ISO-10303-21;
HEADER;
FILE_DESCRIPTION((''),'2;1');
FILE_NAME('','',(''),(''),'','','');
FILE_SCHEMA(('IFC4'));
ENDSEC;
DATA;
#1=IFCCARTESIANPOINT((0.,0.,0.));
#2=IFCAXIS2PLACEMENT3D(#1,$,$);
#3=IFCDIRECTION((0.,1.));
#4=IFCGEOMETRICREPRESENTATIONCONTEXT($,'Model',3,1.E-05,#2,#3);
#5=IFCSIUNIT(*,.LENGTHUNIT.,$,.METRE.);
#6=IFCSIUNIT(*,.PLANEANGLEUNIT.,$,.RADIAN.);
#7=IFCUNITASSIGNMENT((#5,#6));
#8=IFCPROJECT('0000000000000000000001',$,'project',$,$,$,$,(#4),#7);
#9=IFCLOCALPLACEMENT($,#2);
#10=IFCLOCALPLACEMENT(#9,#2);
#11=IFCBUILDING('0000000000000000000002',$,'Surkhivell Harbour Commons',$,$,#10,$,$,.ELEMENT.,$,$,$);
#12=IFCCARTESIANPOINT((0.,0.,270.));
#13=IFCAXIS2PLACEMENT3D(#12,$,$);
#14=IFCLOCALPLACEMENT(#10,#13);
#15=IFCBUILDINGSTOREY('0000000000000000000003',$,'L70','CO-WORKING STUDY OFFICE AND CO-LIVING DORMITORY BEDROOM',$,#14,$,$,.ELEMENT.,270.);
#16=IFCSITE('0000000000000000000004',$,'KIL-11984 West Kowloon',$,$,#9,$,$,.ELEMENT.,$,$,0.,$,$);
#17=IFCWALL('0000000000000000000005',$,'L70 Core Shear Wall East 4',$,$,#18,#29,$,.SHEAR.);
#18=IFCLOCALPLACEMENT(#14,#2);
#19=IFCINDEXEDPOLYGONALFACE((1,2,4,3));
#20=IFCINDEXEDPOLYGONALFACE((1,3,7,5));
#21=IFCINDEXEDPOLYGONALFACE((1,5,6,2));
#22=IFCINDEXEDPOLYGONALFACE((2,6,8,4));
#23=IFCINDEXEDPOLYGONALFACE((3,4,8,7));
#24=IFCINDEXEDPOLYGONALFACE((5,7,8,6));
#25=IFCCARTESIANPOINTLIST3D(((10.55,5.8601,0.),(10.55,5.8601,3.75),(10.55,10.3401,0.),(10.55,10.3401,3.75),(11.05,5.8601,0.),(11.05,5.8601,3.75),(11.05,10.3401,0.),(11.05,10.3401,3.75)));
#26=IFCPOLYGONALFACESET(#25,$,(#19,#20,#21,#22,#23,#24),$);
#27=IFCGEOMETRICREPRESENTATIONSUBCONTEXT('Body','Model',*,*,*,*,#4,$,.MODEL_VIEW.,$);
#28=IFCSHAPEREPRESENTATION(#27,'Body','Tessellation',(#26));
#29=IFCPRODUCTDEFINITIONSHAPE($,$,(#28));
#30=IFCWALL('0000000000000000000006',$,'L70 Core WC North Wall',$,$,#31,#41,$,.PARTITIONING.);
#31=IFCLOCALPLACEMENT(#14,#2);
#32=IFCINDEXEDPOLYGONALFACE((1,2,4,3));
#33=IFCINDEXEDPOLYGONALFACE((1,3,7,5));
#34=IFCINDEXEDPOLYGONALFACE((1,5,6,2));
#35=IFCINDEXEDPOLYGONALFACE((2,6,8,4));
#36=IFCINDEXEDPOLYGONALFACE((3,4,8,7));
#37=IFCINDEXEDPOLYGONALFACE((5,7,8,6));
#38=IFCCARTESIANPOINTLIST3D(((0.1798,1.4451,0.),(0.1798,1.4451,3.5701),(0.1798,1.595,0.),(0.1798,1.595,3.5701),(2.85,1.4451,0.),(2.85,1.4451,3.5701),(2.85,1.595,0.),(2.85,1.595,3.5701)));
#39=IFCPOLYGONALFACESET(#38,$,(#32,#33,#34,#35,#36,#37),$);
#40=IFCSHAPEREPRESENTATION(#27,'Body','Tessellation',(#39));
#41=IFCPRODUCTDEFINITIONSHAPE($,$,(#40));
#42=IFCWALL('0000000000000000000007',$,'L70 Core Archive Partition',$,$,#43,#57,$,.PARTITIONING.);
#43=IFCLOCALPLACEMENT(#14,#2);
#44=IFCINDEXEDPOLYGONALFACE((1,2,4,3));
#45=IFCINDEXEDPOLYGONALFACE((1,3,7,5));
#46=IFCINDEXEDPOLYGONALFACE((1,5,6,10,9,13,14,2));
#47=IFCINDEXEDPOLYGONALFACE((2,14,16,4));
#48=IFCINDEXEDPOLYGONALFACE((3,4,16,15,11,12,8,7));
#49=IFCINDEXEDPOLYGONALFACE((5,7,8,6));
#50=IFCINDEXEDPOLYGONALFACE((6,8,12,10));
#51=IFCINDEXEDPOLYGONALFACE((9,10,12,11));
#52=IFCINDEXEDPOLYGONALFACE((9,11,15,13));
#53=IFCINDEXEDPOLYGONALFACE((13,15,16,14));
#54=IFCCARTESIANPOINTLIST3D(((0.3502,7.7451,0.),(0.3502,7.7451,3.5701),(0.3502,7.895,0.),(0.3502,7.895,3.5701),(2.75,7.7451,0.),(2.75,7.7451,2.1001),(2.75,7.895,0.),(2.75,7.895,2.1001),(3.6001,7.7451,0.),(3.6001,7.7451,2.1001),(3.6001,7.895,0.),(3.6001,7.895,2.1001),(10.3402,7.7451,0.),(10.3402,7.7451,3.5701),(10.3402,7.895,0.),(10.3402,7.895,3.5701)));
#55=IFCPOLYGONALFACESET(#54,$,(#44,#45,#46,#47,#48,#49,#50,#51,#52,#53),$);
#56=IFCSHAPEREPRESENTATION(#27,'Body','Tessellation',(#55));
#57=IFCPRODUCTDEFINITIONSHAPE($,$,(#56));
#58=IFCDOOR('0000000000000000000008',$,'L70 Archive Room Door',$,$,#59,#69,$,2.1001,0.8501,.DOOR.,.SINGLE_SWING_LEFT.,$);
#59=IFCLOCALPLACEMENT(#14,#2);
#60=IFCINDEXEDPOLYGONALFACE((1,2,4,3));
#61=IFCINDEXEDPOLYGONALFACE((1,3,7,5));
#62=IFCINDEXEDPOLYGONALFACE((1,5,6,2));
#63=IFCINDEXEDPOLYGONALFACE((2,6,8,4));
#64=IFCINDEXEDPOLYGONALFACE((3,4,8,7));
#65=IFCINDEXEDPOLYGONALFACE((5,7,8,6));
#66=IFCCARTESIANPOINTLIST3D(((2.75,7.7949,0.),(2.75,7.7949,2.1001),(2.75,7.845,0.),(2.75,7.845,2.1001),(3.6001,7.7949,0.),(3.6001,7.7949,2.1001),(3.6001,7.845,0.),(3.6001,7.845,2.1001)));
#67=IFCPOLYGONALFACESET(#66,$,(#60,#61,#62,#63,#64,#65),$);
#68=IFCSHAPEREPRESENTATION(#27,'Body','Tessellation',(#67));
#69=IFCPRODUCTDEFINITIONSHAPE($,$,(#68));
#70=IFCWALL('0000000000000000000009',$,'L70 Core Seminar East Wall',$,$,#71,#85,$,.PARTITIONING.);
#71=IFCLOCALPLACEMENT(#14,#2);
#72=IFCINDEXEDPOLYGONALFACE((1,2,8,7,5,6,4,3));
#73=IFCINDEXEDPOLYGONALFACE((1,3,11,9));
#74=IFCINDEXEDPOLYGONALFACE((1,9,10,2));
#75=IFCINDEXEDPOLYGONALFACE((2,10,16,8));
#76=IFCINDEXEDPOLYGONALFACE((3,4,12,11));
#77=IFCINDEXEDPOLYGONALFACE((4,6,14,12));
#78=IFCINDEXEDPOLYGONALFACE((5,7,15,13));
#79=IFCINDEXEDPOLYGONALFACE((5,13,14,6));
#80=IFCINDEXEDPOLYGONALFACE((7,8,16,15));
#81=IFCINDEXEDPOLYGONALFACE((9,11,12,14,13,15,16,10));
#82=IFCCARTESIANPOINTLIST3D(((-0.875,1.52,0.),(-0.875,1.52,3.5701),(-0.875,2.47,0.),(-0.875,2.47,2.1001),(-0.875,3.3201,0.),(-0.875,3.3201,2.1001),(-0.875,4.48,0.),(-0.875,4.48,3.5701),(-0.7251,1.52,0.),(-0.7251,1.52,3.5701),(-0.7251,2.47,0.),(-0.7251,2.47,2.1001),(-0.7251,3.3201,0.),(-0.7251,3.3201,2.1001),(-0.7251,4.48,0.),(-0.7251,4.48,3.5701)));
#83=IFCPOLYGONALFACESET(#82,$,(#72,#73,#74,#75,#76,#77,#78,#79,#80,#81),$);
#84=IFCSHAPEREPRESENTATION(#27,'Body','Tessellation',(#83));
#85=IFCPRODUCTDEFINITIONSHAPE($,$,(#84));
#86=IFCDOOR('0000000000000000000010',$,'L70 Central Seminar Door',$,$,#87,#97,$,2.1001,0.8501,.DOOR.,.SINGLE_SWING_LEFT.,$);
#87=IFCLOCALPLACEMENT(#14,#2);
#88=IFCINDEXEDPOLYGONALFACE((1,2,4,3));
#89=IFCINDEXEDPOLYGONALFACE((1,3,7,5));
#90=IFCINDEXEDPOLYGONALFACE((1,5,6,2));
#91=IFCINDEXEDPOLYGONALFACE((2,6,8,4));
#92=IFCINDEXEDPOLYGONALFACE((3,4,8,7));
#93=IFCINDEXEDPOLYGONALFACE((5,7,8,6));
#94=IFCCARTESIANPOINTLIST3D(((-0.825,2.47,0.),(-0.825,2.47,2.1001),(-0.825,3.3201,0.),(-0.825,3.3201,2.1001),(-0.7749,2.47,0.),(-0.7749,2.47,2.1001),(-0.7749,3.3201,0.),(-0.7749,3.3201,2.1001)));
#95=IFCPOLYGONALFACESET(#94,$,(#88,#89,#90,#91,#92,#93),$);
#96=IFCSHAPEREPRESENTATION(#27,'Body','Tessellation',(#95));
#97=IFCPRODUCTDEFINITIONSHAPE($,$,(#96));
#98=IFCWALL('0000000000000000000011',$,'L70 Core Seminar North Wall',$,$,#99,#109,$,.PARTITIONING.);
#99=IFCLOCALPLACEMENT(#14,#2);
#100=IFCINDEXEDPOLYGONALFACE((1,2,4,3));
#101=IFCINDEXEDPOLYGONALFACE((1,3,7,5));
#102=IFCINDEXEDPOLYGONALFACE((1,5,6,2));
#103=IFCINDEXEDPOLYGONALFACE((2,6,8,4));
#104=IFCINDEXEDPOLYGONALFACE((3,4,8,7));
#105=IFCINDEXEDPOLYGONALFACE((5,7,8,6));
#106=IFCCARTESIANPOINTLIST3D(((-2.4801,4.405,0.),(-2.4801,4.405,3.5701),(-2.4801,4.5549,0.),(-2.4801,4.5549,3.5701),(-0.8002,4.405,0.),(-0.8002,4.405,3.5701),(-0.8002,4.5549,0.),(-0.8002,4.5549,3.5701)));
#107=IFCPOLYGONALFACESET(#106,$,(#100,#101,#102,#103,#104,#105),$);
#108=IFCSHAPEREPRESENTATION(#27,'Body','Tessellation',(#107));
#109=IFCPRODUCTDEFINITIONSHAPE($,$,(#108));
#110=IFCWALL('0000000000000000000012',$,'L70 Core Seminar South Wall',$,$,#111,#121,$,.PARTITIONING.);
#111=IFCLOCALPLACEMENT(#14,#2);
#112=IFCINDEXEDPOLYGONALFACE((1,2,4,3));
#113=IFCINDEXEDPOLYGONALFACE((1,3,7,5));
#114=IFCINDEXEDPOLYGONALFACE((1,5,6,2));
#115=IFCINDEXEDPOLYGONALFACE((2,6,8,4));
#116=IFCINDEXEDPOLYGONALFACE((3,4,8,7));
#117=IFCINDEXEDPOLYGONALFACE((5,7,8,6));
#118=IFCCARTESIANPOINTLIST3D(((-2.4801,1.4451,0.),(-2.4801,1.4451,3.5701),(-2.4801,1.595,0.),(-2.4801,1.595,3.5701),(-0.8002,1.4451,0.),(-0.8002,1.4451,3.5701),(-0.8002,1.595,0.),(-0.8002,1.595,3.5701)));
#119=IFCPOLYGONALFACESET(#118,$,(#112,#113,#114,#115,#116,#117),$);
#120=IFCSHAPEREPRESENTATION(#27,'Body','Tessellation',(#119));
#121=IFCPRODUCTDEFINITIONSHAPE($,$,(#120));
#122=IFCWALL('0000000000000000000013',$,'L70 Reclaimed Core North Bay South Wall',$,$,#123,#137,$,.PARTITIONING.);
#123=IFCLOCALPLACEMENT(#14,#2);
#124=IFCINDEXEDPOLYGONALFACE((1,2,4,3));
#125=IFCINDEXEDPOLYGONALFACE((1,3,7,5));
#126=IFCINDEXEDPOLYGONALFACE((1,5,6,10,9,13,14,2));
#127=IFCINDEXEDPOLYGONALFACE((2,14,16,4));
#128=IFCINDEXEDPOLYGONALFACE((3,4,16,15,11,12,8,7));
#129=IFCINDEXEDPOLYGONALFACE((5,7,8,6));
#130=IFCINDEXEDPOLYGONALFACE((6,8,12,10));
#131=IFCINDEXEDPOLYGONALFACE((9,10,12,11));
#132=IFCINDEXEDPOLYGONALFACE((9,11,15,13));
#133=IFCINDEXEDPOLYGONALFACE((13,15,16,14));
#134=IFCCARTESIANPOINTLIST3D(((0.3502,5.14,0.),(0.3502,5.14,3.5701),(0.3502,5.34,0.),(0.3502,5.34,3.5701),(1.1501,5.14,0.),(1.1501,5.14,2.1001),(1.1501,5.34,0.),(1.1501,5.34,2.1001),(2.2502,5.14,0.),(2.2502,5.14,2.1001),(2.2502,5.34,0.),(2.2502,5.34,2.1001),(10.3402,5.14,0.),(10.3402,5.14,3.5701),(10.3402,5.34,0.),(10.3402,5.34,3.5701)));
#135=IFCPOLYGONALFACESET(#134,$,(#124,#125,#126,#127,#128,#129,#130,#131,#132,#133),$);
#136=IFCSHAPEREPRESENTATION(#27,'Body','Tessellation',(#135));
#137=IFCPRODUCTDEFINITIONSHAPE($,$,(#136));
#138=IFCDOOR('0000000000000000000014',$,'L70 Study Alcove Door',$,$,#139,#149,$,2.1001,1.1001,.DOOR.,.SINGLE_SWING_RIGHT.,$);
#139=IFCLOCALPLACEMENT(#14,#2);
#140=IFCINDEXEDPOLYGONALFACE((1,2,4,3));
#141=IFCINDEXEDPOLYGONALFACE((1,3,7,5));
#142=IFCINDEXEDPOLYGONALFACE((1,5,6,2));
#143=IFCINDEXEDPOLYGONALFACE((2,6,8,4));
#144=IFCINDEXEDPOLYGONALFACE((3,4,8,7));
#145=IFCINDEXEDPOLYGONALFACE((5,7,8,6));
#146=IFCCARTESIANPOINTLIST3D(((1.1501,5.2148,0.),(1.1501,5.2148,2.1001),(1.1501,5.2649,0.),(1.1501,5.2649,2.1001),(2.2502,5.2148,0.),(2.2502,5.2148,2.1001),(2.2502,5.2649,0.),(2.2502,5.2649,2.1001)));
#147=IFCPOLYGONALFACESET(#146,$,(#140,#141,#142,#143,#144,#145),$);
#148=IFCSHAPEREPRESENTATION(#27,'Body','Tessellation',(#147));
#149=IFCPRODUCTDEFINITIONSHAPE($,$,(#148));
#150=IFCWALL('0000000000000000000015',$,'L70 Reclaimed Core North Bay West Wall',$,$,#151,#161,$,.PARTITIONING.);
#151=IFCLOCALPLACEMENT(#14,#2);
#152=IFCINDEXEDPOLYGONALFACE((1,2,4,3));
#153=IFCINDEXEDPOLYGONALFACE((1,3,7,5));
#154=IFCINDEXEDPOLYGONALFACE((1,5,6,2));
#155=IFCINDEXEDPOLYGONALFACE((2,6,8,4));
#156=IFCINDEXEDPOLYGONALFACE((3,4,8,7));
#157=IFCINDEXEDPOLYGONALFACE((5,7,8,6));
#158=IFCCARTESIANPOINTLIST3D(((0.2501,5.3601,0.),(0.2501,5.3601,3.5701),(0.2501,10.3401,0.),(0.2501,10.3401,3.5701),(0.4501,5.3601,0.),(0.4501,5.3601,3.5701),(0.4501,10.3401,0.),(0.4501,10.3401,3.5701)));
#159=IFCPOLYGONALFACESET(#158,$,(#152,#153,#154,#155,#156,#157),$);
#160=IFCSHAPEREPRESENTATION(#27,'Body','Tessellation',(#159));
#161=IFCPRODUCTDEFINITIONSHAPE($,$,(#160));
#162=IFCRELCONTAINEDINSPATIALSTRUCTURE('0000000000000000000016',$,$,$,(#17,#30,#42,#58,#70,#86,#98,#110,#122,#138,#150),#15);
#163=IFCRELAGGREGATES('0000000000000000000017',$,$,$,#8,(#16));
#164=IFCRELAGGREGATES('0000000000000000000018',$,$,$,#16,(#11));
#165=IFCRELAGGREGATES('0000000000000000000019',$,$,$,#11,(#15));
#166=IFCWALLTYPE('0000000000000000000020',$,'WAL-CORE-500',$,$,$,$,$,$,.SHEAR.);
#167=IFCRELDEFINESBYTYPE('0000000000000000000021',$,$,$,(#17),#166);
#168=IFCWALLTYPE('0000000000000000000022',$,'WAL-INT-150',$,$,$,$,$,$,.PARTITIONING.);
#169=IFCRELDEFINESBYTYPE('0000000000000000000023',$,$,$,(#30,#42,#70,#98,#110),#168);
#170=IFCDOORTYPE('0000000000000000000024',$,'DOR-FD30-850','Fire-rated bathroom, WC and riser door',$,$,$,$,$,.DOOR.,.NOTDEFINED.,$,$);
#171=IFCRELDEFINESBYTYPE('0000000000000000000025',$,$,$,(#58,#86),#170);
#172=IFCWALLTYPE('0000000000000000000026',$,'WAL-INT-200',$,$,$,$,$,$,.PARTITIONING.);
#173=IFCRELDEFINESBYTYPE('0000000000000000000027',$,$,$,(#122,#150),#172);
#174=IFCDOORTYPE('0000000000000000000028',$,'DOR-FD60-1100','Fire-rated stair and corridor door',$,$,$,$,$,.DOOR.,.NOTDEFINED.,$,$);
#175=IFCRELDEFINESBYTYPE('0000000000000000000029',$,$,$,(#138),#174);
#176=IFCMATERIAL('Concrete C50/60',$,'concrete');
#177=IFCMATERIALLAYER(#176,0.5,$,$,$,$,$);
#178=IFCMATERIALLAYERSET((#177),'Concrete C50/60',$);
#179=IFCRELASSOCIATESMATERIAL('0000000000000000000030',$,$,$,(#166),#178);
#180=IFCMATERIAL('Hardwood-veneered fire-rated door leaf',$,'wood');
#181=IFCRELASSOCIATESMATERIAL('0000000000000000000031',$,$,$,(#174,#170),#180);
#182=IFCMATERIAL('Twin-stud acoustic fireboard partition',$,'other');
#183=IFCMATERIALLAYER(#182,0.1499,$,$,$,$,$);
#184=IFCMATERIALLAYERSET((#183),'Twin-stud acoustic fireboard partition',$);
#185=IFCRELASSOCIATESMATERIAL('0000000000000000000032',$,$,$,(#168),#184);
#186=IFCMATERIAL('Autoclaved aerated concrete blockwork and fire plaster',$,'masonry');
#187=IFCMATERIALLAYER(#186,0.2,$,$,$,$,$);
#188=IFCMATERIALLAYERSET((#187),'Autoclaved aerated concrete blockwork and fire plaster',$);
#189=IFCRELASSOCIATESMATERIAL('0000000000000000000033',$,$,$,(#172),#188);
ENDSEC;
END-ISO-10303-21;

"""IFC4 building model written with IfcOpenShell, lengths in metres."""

from ifc_helpers import new_model, si_unit, direction, frame, frame_2d, origin, place, context, subcontext, project, spatial, rectangle, extrude, material, layer, layer_set, type_object, element, fill, save


model = new_model("IFC4")

# Units and contexts
model_context = context("Model", 3, precision=1e-05, world=origin(), true_north=direction((0.0, 1.0)))
body_context = subcontext(model_context, "Body", "Model", "MODEL_VIEW")
ifc_project = project(units=[si_unit("LENGTHUNIT", "METRE"), si_unit("PLANEANGLEUNIT", "RADIAN")], contexts=[model_context])

# Site, building, storey
site_placement = place(None, origin())
site = spatial("IfcSite", under=ifc_project, at=site_placement, Name="KIL-11984 West Kowloon", CompositionType="ELEMENT", RefElevation=0.0)
building_placement = place(site_placement, origin())
building = spatial("IfcBuilding", under=site, at=building_placement, Name="Surkhivell Harbour Commons", CompositionType="ELEMENT")
storey_placement = place(building_placement, frame((0.0, 0.0, 270.0)))
storey = spatial("IfcBuildingStorey", under=building, at=storey_placement, Name="L70", Description="CO-WORKING STUDY OFFICE AND CO-LIVING DORMITORY BEDROOM", CompositionType="ELEMENT", Elevation=270.0)

# Shared definitions
ifc_material_1 = material(Name="Concrete C50/60", Category="concrete")
ifc_layer_1 = layer(ifc_material_1, 0.5)
ifc_layer_set_1 = layer_set([ifc_layer_1], Name="Concrete C50/60")
wall_type_1 = type_object("IfcWallType", Name="WAL-CORE-500", PredefinedType="SHEAR", material=ifc_layer_set_1)

# Shared definitions
ifc_material_2 = material(Name="Hardwood-veneered fire-rated door leaf", Category="wood")
door_type_1 = type_object("IfcDoorType", Name="DOR-FD60-1100", Description="Fire-rated stair and corridor door", OperationType="NOTDEFINED", PredefinedType="DOOR", material=ifc_material_2)

# Walls
for number, where, z_axis, x_axis, name in (
    (1, (10.8, 5.8601, 0.0), (0.0, 0.0, 1.0), (0.0, 1.0, 0.0), "L70 Core Shear Wall East 4"),
):
    element("IfcWall", number, at=place(storey_placement, frame(where, z_axis=z_axis, x_axis=x_axis)), inside=storey, type_object=wall_type_1, Name=name, PredefinedType="SHEAR", context=body_context, shape_type="SweptSolid", body=[
        extrude(rectangle(XDim=4.48, YDim=0.5, at=frame_2d((2.24, 0.0))), origin(), (0.0, 0.0, 1.0), 3.75),
    ])
ifc_material_3 = material(Name="Twin-stud acoustic fireboard partition", Category="other")
ifc_layer_2 = layer(ifc_material_3, 0.1499)
ifc_layer_set_2 = layer_set([ifc_layer_2], Name="Twin-stud acoustic fireboard partition")
wall_type_2 = type_object("IfcWallType", Name="WAL-INT-150", PredefinedType="PARTITIONING", material=ifc_layer_set_2)
wall_1_placement = place(storey_placement, frame((0.1799, 1.52, 0.0), z_axis=(0.0, 0.0, 1.0), x_axis=(1.0, 0.0, 0.0)))
element("IfcWall", 2, at=wall_1_placement, inside=storey, type_object=wall_type_2, Name="L70 Core WC North Wall", PredefinedType="PARTITIONING", context=body_context, shape_type="SweptSolid", body=[
    extrude(rectangle(XDim=2.6702, YDim=0.1499, at=frame_2d((1.335, 0.0))), origin(), (0.0, 0.0, 1.0), 3.5701),
])

# Walls, openings, doors
wall_2_placement = place(storey_placement, frame((0.3501, 7.8201, 0.0), z_axis=(0.0, 0.0, 1.0), x_axis=(1.0, 0.0, 0.0)))
wall_2 = element("IfcWall", 3, at=wall_2_placement, inside=storey, type_object=wall_type_2, Name="L70 Core Archive Partition", PredefinedType="PARTITIONING", context=body_context, shape_type="SweptSolid", body=[
    extrude(rectangle(XDim=9.99, YDim=0.1499, at=frame_2d((4.9951, 0.0))), origin(), (0.0, 0.0, 1.0), 3.5701),
])
opening_1_placement = place(wall_2_placement, frame((2.3999, 0.0, 0.0)))
opening_1 = element("IfcOpeningElement", 4, at=opening_1_placement, cuts=wall_2, PredefinedType="OPENING", context=body_context, shape_type="SweptSolid", body=[
    extrude(rectangle(XDim=0.8501, YDim=2.1001, at=frame_2d((0.425, 1.05))), frame((0.0, 0.085, 0.0), z_axis=(0.0, -1.0, 0.0), x_axis=(1.0, 0.0, 0.0)), (0.0, 0.0, 1.0), 0.1699),
])
door_type_2 = type_object("IfcDoorType", Name="DOR-FD30-850", Description="Fire-rated bathroom, WC and riser door", OperationType="NOTDEFINED", PredefinedType="DOOR", material=ifc_material_2)
door_1_placement = place(opening_1_placement, origin())
door_1 = element("IfcDoor", 5, at=door_1_placement, inside=storey, type_object=door_type_2, Name="L70 Archive Room Door", OperationType="SINGLE_SWING_LEFT", OverallHeight=2.1001, OverallWidth=0.8501, PredefinedType="DOOR", context=body_context, shape_type="SweptSolid", body=[
    extrude(rectangle(XDim=0.8501, YDim=2.1001, at=frame_2d((0.425, 1.05))), frame((0.0, 0.0249, 0.0), z_axis=(0.0, -1.0, 0.0), x_axis=(1.0, 0.0, 0.0)), (0.0, 0.0, 1.0), 0.05),
])
fill(opening_1, door_1)
wall_3_placement = place(storey_placement, frame((-0.8, 1.52, 0.0), z_axis=(0.0, 0.0, 1.0), x_axis=(0.0, 1.0, 0.0)))
wall_3 = element("IfcWall", 6, at=wall_3_placement, inside=storey, type_object=wall_type_2, Name="L70 Core Seminar East Wall", PredefinedType="PARTITIONING", context=body_context, shape_type="SweptSolid", body=[
    extrude(rectangle(XDim=2.96, YDim=0.1499, at=frame_2d((1.48, 0.0))), origin(), (0.0, 0.0, 1.0), 3.5701),
])
opening_2_placement = place(wall_3_placement, frame((0.95, 0.0, 0.0)))
opening_2 = element("IfcOpeningElement", 7, at=opening_2_placement, cuts=wall_3, PredefinedType="OPENING", context=body_context, shape_type="SweptSolid", body=[
    extrude(rectangle(XDim=0.8501, YDim=2.1001, at=frame_2d((0.425, 1.05))), frame((0.0, 0.085, 0.0), z_axis=(0.0, -1.0, 0.0), x_axis=(1.0, 0.0, 0.0)), (0.0, 0.0, 1.0), 0.1699),
])
door_2_placement = place(opening_2_placement, origin())
door_2 = element("IfcDoor", 8, at=door_2_placement, inside=storey, type_object=door_type_2, Name="L70 Central Seminar Door", OperationType="SINGLE_SWING_LEFT", OverallHeight=2.1001, OverallWidth=0.8501, PredefinedType="DOOR", context=body_context, shape_type="SweptSolid", body=[
    extrude(rectangle(XDim=0.8501, YDim=2.1001, at=frame_2d((0.425, 1.05))), frame((0.0, 0.0249, 0.0), z_axis=(0.0, -1.0, 0.0), x_axis=(1.0, 0.0, 0.0)), (0.0, 0.0, 1.0), 0.05),
])
fill(opening_2, door_2)

# Walls
for number, where, z_axis, x_axis, name in (
    (9, (-2.48, 4.48, 0.0), (0.0, 0.0, 1.0), (1.0, 0.0, 0.0), "L70 Core Seminar North Wall"),
    (10, (-2.48, 1.52, 0.0), (0.0, 0.0, 1.0), (1.0, 0.0, 0.0), "L70 Core Seminar South Wall"),
):
    element("IfcWall", number, at=place(storey_placement, frame(where, z_axis=z_axis, x_axis=x_axis)), inside=storey, type_object=wall_type_2, Name=name, PredefinedType="PARTITIONING", context=body_context, shape_type="SweptSolid", body=[
        extrude(rectangle(XDim=1.6799, YDim=0.1499, at=frame_2d((0.8398, 0.0))), origin(), (0.0, 0.0, 1.0), 3.5701),
    ])

# Wall, opening, door
ifc_material_4 = material(Name="Autoclaved aerated concrete blockwork and fire plaster", Category="masonry")
ifc_layer_3 = layer(ifc_material_4, 0.2)
ifc_layer_set_3 = layer_set([ifc_layer_3], Name="Autoclaved aerated concrete blockwork and fire plaster")
wall_type_3 = type_object("IfcWallType", Name="WAL-INT-200", PredefinedType="PARTITIONING", material=ifc_layer_set_3)
wall_4_placement = place(storey_placement, frame((0.3501, 5.24, 0.0), z_axis=(0.0, 0.0, 1.0), x_axis=(1.0, 0.0, 0.0)))
wall_4 = element("IfcWall", 11, at=wall_4_placement, inside=storey, type_object=wall_type_3, Name="L70 Reclaimed Core North Bay South Wall", PredefinedType="PARTITIONING", context=body_context, shape_type="SweptSolid", body=[
    extrude(rectangle(XDim=9.99, YDim=0.2, at=frame_2d((4.9951, 0.0))), origin(), (0.0, 0.0, 1.0), 3.5701),
])
opening_3_placement = place(wall_4_placement, frame((0.8, 0.0, 0.0)))
opening_3 = element("IfcOpeningElement", 12, at=opening_3_placement, cuts=wall_4, PredefinedType="OPENING", context=body_context, shape_type="SweptSolid", body=[
    extrude(rectangle(XDim=1.1001, YDim=2.1001, at=frame_2d((0.55, 1.05))), frame((0.0, 0.1099, 0.0), z_axis=(0.0, -1.0, 0.0), x_axis=(1.0, 0.0, 0.0)), (0.0, 0.0, 1.0), 0.22),
])
door_3_placement = place(opening_3_placement, origin())
door_3 = element("IfcDoor", 13, at=door_3_placement, inside=storey, type_object=door_type_1, Name="L70 Study Alcove Door", OperationType="SINGLE_SWING_RIGHT", OverallHeight=2.1001, OverallWidth=1.1001, PredefinedType="DOOR", context=body_context, shape_type="SweptSolid", body=[
    extrude(rectangle(XDim=1.1001, YDim=2.1001, at=frame_2d((0.55, 1.05))), frame((0.0, 0.0249, 0.0), z_axis=(0.0, -1.0, 0.0), x_axis=(1.0, 0.0, 0.0)), (0.0, 0.0, 1.0), 0.05),
])
fill(opening_3, door_3)

# Wall
wall_5_placement = place(storey_placement, frame((0.3501, 5.3601, 0.0), z_axis=(0.0, 0.0, 1.0), x_axis=(0.0, 1.0, 0.0)))
element("IfcWall", 14, at=wall_5_placement, inside=storey, type_object=wall_type_3, Name="L70 Reclaimed Core North Bay West Wall", PredefinedType="PARTITIONING", context=body_context, shape_type="SweptSolid", body=[
    extrude(rectangle(XDim=4.98, YDim=0.2, at=frame_2d((2.49, 0.0))), origin(), (0.0, 0.0, 1.0), 3.5701),
])

save(model, "model.ifc")
